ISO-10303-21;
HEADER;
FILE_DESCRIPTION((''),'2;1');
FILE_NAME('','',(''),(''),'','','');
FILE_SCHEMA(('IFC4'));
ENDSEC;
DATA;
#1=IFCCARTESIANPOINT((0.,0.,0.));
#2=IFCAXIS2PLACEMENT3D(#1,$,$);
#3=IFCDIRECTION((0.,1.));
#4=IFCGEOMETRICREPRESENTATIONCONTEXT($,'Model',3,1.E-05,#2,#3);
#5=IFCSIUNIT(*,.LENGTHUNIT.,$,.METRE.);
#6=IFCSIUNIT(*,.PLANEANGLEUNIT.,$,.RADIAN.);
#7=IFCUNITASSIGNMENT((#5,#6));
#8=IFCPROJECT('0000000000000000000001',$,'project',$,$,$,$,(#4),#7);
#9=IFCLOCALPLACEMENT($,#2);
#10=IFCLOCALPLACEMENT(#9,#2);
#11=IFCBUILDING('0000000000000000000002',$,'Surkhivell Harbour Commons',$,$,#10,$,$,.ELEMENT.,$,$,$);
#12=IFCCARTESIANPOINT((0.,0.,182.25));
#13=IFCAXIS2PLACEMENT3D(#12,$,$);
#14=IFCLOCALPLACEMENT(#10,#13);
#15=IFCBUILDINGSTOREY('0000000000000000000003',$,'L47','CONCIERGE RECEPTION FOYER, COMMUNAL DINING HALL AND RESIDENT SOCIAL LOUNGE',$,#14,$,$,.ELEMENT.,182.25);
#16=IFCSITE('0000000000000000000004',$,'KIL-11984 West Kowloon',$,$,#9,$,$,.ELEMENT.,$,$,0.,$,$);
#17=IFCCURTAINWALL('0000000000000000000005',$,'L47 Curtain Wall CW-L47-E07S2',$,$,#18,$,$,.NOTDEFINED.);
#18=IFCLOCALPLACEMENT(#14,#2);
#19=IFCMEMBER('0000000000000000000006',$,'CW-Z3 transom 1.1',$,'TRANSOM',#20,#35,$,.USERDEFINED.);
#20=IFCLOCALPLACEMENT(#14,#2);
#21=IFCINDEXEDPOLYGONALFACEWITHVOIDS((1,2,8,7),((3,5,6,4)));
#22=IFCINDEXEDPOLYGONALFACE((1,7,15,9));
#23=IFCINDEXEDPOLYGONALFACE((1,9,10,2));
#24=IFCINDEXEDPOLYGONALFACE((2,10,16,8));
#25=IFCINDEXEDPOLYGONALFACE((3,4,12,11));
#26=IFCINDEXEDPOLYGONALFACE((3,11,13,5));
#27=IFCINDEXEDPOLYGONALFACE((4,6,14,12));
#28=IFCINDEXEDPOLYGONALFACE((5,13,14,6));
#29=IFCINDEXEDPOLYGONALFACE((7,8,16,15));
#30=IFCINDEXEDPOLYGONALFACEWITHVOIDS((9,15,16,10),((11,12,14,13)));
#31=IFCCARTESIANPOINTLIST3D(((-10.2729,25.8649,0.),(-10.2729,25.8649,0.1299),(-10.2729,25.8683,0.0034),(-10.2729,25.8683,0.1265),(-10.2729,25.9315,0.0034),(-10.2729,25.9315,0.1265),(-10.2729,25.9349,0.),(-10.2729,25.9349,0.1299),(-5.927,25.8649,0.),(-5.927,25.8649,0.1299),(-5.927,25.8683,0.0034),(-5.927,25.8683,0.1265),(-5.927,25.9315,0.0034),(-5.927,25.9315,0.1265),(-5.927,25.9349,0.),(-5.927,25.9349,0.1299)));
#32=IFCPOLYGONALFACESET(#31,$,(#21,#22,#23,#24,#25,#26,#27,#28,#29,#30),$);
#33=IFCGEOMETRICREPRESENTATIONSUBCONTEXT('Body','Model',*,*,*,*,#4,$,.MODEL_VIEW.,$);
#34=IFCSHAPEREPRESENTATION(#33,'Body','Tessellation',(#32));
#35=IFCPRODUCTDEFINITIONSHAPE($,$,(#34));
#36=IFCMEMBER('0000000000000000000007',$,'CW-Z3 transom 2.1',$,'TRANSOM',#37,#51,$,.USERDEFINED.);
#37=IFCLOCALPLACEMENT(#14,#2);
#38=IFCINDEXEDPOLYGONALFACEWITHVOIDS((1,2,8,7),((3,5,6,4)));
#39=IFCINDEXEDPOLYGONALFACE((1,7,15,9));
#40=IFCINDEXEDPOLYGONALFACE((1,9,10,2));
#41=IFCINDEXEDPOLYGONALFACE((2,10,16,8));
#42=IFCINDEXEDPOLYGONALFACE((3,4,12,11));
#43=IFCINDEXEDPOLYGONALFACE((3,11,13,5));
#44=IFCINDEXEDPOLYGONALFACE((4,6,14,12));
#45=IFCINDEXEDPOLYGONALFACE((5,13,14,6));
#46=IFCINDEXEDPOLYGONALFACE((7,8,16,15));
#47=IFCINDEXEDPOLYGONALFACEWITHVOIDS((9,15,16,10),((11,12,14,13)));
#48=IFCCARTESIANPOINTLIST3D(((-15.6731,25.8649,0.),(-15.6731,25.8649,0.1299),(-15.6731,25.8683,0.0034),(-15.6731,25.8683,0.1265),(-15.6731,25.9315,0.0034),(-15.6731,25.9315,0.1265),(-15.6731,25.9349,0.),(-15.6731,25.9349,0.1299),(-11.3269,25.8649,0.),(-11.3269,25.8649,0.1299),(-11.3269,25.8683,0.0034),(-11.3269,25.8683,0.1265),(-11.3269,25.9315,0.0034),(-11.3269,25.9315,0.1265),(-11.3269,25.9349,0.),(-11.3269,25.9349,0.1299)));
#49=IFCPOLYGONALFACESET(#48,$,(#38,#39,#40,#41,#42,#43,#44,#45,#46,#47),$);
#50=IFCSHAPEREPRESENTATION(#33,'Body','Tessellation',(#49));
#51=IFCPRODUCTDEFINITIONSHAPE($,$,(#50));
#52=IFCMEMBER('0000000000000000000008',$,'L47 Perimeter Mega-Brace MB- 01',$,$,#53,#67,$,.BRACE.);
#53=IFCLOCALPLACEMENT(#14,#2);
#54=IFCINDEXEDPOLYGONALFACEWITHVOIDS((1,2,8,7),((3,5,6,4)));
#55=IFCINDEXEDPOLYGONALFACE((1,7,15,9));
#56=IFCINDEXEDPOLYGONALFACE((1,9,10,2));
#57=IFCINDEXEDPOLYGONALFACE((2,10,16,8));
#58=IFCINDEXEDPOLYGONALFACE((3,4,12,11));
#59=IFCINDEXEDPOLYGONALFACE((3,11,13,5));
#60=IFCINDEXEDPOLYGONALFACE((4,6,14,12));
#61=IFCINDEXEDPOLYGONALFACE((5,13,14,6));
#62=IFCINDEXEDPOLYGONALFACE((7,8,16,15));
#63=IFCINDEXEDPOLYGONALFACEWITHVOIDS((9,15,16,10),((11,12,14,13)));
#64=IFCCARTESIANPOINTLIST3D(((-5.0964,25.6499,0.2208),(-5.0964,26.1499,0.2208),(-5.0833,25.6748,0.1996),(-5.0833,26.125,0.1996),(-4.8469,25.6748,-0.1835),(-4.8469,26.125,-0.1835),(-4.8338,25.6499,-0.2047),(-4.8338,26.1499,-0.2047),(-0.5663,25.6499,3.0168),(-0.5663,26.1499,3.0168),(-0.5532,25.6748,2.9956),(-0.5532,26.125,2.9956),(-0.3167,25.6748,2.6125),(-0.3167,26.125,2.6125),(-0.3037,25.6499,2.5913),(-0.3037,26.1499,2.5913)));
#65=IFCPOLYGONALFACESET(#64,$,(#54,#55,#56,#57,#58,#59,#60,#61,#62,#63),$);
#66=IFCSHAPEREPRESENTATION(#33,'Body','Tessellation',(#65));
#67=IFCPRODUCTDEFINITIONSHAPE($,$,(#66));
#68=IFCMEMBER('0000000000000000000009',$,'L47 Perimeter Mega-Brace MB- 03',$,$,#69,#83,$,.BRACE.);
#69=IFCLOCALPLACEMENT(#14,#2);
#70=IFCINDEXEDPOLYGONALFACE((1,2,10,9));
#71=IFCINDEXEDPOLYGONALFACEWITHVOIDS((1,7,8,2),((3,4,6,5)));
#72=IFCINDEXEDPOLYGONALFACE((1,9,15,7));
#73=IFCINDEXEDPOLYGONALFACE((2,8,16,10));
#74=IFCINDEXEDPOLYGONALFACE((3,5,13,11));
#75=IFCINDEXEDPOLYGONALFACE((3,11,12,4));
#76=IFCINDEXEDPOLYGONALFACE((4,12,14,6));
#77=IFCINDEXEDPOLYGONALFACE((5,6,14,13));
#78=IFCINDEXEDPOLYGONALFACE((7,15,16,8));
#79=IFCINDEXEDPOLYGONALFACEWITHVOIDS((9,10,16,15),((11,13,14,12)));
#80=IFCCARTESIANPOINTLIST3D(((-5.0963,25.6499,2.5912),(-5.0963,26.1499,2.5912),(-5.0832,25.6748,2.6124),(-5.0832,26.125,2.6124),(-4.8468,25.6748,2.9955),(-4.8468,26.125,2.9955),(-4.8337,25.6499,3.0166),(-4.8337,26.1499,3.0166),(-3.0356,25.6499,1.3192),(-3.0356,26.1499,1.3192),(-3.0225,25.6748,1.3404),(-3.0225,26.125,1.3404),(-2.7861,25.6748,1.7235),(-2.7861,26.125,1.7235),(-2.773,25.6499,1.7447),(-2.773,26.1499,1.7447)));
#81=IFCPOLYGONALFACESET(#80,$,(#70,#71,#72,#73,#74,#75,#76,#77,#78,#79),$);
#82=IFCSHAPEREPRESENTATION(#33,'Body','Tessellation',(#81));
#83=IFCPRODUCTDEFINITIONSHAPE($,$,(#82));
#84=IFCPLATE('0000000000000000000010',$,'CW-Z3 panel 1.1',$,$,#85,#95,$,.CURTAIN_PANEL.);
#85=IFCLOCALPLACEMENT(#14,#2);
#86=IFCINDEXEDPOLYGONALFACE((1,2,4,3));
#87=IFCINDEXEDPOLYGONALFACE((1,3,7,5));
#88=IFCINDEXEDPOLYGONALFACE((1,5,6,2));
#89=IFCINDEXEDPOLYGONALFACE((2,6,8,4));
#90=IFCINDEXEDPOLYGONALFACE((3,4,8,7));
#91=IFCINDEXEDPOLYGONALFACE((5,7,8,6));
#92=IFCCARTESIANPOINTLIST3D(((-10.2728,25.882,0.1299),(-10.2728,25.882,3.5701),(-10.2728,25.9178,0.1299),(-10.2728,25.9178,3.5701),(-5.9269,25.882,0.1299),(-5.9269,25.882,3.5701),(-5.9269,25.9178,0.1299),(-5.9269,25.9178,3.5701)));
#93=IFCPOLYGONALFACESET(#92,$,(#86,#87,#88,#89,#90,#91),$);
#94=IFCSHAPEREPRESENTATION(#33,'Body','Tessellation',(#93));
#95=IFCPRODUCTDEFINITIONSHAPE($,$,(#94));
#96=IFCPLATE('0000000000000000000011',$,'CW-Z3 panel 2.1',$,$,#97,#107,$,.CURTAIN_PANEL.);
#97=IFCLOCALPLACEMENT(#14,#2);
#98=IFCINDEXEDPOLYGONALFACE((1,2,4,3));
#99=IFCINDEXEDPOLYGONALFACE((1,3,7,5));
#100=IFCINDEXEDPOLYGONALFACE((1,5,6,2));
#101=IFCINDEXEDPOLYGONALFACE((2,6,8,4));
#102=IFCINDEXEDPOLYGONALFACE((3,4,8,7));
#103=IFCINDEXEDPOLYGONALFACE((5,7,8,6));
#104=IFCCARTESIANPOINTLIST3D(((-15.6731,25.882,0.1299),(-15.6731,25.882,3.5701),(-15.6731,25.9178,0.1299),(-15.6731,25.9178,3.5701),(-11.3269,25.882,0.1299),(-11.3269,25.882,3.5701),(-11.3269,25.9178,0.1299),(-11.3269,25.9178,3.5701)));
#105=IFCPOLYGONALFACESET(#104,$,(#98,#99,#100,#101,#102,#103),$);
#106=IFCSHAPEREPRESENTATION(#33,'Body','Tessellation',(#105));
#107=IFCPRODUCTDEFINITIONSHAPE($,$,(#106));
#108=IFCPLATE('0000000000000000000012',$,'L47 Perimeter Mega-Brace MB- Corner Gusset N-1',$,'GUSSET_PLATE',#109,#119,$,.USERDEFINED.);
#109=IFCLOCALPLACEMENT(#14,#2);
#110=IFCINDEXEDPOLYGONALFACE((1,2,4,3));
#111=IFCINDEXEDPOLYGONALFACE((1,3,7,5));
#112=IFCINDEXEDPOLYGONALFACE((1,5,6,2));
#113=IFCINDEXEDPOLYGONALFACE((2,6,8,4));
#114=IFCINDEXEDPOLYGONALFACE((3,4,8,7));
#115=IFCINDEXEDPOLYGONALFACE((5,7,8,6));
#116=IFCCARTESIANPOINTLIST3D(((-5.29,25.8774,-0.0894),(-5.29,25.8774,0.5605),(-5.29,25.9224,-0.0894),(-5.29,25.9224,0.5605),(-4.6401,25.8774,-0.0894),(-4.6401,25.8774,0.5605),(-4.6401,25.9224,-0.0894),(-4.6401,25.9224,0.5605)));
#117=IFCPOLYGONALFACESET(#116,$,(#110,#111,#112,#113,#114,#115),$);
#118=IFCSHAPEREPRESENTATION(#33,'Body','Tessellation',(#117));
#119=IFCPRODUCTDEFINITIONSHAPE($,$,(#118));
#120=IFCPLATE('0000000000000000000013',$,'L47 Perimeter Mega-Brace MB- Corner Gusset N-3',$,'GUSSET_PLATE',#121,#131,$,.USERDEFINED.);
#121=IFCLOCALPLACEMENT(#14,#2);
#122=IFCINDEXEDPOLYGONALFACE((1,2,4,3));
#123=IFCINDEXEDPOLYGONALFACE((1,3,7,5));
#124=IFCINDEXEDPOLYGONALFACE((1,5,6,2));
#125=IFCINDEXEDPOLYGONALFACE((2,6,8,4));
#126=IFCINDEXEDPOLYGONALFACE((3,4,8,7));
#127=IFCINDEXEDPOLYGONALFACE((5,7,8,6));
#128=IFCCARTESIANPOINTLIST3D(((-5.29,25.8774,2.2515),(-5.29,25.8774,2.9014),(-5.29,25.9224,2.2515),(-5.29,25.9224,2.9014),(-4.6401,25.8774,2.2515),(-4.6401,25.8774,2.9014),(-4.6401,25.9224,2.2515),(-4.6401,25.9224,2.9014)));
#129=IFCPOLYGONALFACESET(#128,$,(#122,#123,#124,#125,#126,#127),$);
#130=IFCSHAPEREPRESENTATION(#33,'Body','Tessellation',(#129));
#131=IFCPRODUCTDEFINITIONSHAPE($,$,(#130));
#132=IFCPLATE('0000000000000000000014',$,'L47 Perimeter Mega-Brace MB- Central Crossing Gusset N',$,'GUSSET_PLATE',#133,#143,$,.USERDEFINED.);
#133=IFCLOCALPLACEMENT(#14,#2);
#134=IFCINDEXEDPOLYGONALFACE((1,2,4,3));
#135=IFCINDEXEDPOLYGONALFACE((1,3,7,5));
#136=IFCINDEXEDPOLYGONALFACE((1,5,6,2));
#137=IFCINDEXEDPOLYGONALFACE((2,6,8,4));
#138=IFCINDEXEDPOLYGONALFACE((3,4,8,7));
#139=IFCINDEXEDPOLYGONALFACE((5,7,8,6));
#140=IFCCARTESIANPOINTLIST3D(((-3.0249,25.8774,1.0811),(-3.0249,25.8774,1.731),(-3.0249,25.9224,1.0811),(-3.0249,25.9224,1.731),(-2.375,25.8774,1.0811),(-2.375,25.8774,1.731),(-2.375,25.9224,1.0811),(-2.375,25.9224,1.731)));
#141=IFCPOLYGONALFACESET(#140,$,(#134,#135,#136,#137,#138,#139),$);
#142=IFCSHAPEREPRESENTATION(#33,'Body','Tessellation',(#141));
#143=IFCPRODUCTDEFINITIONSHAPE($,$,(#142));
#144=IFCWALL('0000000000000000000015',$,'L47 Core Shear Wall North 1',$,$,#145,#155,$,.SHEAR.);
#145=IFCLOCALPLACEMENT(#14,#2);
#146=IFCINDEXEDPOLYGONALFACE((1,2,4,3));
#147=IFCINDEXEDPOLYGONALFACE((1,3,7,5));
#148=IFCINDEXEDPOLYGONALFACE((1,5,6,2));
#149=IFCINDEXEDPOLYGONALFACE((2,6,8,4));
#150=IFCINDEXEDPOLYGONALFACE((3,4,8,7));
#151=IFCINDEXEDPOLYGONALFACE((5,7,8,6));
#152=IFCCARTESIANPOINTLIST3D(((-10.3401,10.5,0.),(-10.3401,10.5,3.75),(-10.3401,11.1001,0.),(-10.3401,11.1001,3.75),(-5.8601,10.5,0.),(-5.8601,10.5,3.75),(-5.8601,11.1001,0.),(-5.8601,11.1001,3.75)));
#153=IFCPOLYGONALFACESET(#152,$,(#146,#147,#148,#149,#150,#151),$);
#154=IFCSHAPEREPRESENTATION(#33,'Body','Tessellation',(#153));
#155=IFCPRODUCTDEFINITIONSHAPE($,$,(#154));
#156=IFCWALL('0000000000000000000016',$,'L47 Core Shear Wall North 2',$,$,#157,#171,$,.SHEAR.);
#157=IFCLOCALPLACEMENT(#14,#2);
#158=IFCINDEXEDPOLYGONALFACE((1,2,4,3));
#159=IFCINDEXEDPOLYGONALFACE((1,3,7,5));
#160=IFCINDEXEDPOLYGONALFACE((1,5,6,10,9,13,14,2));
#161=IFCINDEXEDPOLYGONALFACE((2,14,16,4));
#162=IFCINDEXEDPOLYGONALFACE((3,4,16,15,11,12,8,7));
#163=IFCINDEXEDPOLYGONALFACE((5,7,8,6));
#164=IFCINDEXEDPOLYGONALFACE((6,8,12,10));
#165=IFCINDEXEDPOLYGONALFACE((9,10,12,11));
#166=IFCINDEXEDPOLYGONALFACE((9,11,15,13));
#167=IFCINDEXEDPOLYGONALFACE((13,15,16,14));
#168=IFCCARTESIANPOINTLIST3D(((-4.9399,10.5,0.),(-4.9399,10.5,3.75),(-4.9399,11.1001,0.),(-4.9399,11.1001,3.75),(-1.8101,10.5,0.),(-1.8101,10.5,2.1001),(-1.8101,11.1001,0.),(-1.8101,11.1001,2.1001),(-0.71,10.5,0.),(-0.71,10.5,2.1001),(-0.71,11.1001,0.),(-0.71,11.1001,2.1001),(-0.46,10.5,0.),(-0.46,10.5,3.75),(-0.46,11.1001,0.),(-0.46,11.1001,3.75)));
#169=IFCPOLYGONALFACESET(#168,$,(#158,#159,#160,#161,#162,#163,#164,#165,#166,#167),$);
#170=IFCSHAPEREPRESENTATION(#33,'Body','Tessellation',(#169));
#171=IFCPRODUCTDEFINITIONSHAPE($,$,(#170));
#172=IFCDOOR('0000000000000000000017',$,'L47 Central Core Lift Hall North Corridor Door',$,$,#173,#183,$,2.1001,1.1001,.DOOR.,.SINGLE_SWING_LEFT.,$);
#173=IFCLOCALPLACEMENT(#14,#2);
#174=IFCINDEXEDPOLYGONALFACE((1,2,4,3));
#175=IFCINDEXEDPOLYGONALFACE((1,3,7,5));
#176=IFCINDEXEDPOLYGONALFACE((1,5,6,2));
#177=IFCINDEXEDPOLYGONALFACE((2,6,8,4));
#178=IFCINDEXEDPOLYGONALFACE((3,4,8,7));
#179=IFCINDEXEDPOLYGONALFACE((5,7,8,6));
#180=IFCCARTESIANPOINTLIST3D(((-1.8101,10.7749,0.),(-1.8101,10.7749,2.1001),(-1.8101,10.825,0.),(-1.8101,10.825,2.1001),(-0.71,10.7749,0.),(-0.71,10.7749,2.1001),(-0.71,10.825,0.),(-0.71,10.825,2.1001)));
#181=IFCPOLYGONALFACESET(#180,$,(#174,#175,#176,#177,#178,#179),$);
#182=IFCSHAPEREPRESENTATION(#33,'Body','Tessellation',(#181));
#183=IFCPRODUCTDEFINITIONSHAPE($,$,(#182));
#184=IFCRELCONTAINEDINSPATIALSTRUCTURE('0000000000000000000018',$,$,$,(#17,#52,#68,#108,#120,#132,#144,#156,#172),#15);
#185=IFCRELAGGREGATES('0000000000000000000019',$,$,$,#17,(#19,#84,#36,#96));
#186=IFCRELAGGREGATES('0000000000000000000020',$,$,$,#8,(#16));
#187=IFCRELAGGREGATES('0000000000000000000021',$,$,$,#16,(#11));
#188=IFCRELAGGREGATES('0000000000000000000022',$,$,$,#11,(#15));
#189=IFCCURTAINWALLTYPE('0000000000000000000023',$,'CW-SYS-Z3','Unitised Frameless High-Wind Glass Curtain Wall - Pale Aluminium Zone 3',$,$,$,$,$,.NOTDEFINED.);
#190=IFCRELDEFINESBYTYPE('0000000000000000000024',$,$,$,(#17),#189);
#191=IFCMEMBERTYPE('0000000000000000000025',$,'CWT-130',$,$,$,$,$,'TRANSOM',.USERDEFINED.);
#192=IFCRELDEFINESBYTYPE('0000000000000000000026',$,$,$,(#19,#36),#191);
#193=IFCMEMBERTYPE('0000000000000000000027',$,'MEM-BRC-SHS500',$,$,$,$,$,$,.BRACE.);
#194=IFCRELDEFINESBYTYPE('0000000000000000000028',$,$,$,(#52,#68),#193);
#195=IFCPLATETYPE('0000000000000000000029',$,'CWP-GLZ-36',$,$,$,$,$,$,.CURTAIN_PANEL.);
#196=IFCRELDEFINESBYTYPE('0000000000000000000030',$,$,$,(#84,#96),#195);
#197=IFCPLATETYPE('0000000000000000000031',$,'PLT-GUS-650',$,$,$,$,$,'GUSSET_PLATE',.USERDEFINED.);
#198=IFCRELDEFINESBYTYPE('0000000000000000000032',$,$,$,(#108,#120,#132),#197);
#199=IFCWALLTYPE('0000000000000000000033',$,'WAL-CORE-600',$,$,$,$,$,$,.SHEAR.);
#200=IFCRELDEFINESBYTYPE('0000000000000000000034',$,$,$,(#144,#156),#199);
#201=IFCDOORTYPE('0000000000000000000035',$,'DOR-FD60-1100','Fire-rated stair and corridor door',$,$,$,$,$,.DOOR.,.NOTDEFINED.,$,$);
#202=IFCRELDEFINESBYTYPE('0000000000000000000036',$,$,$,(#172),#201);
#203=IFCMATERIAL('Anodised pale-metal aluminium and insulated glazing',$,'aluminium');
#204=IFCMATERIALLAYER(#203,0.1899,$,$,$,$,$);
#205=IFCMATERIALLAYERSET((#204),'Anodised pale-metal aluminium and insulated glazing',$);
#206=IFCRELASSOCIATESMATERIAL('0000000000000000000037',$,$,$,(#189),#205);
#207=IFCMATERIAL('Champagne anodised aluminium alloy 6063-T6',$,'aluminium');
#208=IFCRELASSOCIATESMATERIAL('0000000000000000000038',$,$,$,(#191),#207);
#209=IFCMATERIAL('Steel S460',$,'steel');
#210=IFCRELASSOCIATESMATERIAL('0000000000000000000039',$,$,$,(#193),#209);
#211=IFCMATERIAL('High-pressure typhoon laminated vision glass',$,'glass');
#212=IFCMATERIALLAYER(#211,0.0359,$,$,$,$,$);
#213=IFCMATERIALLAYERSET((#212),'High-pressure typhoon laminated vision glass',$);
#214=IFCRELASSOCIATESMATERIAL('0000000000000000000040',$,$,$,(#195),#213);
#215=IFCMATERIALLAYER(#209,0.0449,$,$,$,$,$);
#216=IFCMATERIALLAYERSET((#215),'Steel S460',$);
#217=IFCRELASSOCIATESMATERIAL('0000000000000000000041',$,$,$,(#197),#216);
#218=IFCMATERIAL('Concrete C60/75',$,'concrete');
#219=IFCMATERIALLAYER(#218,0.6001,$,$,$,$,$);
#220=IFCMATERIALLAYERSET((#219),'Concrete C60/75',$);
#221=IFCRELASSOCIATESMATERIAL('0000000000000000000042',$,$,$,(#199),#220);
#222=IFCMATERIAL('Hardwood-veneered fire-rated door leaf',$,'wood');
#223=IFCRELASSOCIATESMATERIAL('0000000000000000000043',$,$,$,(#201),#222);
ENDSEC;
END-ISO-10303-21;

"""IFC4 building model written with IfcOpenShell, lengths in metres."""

from ifc_helpers import new_model, si_unit, direction, frame, frame_2d, origin, origin_2d, place, context, subcontext, project, spatial, rectangle, hollow_rectangle, extrude, material, layer, layer_set, material_profile, profile_set, type_object, element, fill, aggregate, save


model = new_model("IFC4")

# Units and contexts
model_context = context("Model", 3, precision=1e-05, world=origin(), true_north=direction((0.0, 1.0)))
body_context = subcontext(model_context, "Body", "Model", "MODEL_VIEW")
ifc_project = project(units=[si_unit("LENGTHUNIT", "METRE"), si_unit("PLANEANGLEUNIT", "RADIAN")], contexts=[model_context])

# Site, building, storey
site_placement = place(None, origin())
site = spatial("IfcSite", under=ifc_project, at=site_placement, Name="KIL-11984 West Kowloon", CompositionType="ELEMENT", RefElevation=0.0)
building_placement = place(site_placement, origin())
building = spatial("IfcBuilding", under=site, at=building_placement, Name="Surkhivell Harbour Commons", CompositionType="ELEMENT")
storey_placement = place(building_placement, frame((0.0, 0.0, 182.25)))
storey = spatial("IfcBuildingStorey", under=building, at=storey_placement, Name="L47", Description="CONCIERGE RECEPTION FOYER, COMMUNAL DINING HALL AND RESIDENT SOCIAL LOUNGE", CompositionType="ELEMENT", Elevation=182.25)

# Shared definitions
ifc_material_1 = material(Name="Concrete C60/75", Category="concrete")

# Curtain wall, members
ifc_material_2 = material(Name="Anodised pale-metal aluminium and insulated glazing", Category="aluminium")
ifc_layer_1 = layer(ifc_material_2, 0.1899)
ifc_layer_set_1 = layer_set([ifc_layer_1], Name="Anodised pale-metal aluminium and insulated glazing")
curtain_wall_type = type_object("IfcCurtainWallType", Name="CW-SYS-Z3", Description="Unitised Frameless High-Wind Glass Curtain Wall - Pale Aluminium Zone 3", PredefinedType="NOTDEFINED", material=ifc_layer_set_1)
curtain_wall_placement = place(storey_placement, origin())
curtain_wall = element("IfcCurtainWall", 1, at=curtain_wall_placement, inside=storey, type_object=curtain_wall_type, Name="L47 Curtain Wall CW-L47-E07S2", PredefinedType="NOTDEFINED")
ifc_material_3 = material(Name="Champagne anodised aluminium alloy 6063-T6", Category="aluminium")
ifc_material_profile_1 = material_profile(ifc_material_3, hollow_rectangle(XDim=0.0701, YDim=0.1299, WallThickness=0.0034, at=origin_2d()), Name="ALU-TRAN-70x130")
ifc_profile_set_1 = profile_set([ifc_material_profile_1], Name="Champagne anodised aluminium alloy 6063-T6")
member_type_1 = type_object("IfcMemberType", Name="CWT-130", ElementType="TRANSOM", PredefinedType="USERDEFINED", material=ifc_profile_set_1)
member_1_placement = place(storey_placement, frame((-5.927, 25.8999, 0.0649), z_axis=(-1.0, 0.0, 0.0), x_axis=(0.0, -1.0, 0.0)))
member_1 = element("IfcMember", 2, at=member_1_placement, type_object=member_type_1, Name="CW-Z3 transom 1.1", ObjectType="TRANSOM", PredefinedType="USERDEFINED", context=body_context, shape_type="SweptSolid", body=[
    extrude(hollow_rectangle(XDim=0.0701, YDim=0.1299, WallThickness=0.0034, at=origin_2d()), origin(), (0.0, 0.0, 1.0), 4.3459),
])
member_2_placement = place(storey_placement, frame((-11.3269, 25.8999, 0.0649), z_axis=(-1.0, 0.0, 0.0), x_axis=(0.0, -1.0, 0.0)))
member_2 = element("IfcMember", 3, at=member_2_placement, type_object=member_type_1, Name="CW-Z3 transom 2.1", ObjectType="TRANSOM", PredefinedType="USERDEFINED", context=body_context, shape_type="SweptSolid", body=[
    extrude(hollow_rectangle(XDim=0.0701, YDim=0.1299, WallThickness=0.0034, at=origin_2d()), origin(), (0.0, 0.0, 1.0), 4.3462),
])

# Members
ifc_material_4 = material(Name="Steel S460", Category="steel")
ifc_material_profile_2 = material_profile(ifc_material_4, hollow_rectangle(XDim=0.5, YDim=0.5, WallThickness=0.0249, at=origin_2d()), Name="SHS500x500x25")
ifc_profile_set_2 = profile_set([ifc_material_profile_2], Name="Steel S460")
member_type_2 = type_object("IfcMemberType", Name="MEM-BRC-SHS500", PredefinedType="BRACE", material=ifc_profile_set_2)
member_3_placement = place(storey_placement, frame((-4.9651, 25.8999, 0.0081), z_axis=(0.850971, 0.0, 0.525213), x_axis=(0.0, 1.0, 0.0)))
element("IfcMember", 4, at=member_3_placement, inside=storey, type_object=member_type_2, Name="L47 Perimeter Mega-Brace MB- 01", PredefinedType="BRACE", context=body_context, shape_type="SweptSolid", body=[
    extrude(hollow_rectangle(XDim=0.5, YDim=0.5, WallThickness=0.0249, at=origin_2d()), origin(), (0.0, 0.0, 1.0), 5.3235),
])
member_4_placement = place(storey_placement, frame((-2.9043, 25.8999, 1.532), z_axis=(-0.850958, 0.0, 0.525233), x_axis=(0.0, -1.0, 0.0)))
element("IfcMember", 5, at=member_4_placement, inside=storey, type_object=member_type_2, Name="L47 Perimeter Mega-Brace MB- 03", PredefinedType="BRACE", context=body_context, shape_type="SweptSolid", body=[
    extrude(hollow_rectangle(XDim=0.5, YDim=0.5, WallThickness=0.0249, at=origin_2d()), origin(), (0.0, 0.0, 1.0), 2.4216),
])

# Plates
ifc_material_5 = material(Name="High-pressure typhoon laminated vision glass", Category="glass")
ifc_layer_2 = layer(ifc_material_5, 0.0359)
ifc_layer_set_2 = layer_set([ifc_layer_2], Name="High-pressure typhoon laminated vision glass")
plate_type_1 = type_object("IfcPlateType", Name="CWP-GLZ-36", PredefinedType="CURTAIN_PANEL", material=ifc_layer_set_2)
plate_1_placement = place(storey_placement, frame((-5.927, 25.8999, 0.1299), z_axis=(0.0, 0.0, 1.0), x_axis=(-1.0, 0.0, 0.0)))
plate_1 = element("IfcPlate", 6, at=plate_1_placement, type_object=plate_type_1, Name="CW-Z3 panel 1.1", PredefinedType="CURTAIN_PANEL", context=body_context, shape_type="SweptSolid", body=[
    extrude(rectangle(XDim=4.3459, YDim=0.0359, at=frame_2d((2.1729, 0.0))), origin(), (0.0, 0.0, 1.0), 3.4402),
])
plate_2_placement = place(storey_placement, frame((-11.3269, 25.8999, 0.1299), z_axis=(0.0, 0.0, 1.0), x_axis=(-1.0, 0.0, 0.0)))
plate_2 = element("IfcPlate", 7, at=plate_2_placement, type_object=plate_type_1, Name="CW-Z3 panel 2.1", PredefinedType="CURTAIN_PANEL", context=body_context, shape_type="SweptSolid", body=[
    extrude(rectangle(XDim=4.3462, YDim=0.0359, at=frame_2d((2.1731, 0.0))), origin(), (0.0, 0.0, 1.0), 3.4402),
])
aggregate(curtain_wall, [member_1, plate_1, member_2, plate_2])

# Plates
ifc_layer_3 = layer(ifc_material_4, 0.0449)
ifc_layer_set_3 = layer_set([ifc_layer_3], Name="Steel S460")
plate_type_2 = type_object("IfcPlateType", Name="PLT-GUS-650", ElementType="GUSSET_PLATE", PredefinedType="USERDEFINED", material=ifc_layer_set_3)
for number, where, z_axis, x_axis, name in (
    (8, (-4.9651, 25.8999, -0.0894), (0.0, 0.0, 1.0), (1.0, 0.0, 0.0), "L47 Perimeter Mega-Brace MB- Corner Gusset N-1"),
    (9, (-4.9651, 25.8999, 2.2515), (0.0, 0.0, 1.0), (1.0, 0.0, 0.0), "L47 Perimeter Mega-Brace MB- Corner Gusset N-3"),
    (10, (-2.7, 25.8999, 1.0811), (0.0, 0.0, 1.0), (1.0, 0.0, 0.0), "L47 Perimeter Mega-Brace MB- Central Crossing Gusset N"),
):
    element("IfcPlate", number, at=place(storey_placement, frame(where, z_axis=z_axis, x_axis=x_axis)), inside=storey, type_object=plate_type_2, Name=name, ObjectType="GUSSET_PLATE", PredefinedType="USERDEFINED", context=body_context, shape_type="SweptSolid", body=[
        extrude(rectangle(XDim=0.6499, YDim=0.0449, at=origin_2d()), origin(), (0.0, 0.0, 1.0), 0.6499),
    ])

# Wall
ifc_layer_4 = layer(ifc_material_1, 0.6001)
ifc_layer_set_4 = layer_set([ifc_layer_4], Name="Concrete C60/75")
wall_type_1 = type_object("IfcWallType", Name="WAL-CORE-600", PredefinedType="SHEAR", material=ifc_layer_set_4)
wall_1_placement = place(storey_placement, frame((-10.3401, 10.8, 0.0), z_axis=(0.0, 0.0, 1.0), x_axis=(1.0, 0.0, 0.0)))
element("IfcWall", 11, at=wall_1_placement, inside=storey, type_object=wall_type_1, Name="L47 Core Shear Wall North 1", PredefinedType="SHEAR", context=body_context, shape_type="SweptSolid", body=[
    extrude(rectangle(XDim=4.48, YDim=0.6001, at=frame_2d((2.24, 0.0))), origin(), (0.0, 0.0, 1.0), 3.75),
])

# Wall, opening, door
wall_2_placement = place(storey_placement, frame((-4.9399, 10.8, 0.0), z_axis=(0.0, 0.0, 1.0), x_axis=(1.0, 0.0, 0.0)))
wall_2 = element("IfcWall", 12, at=wall_2_placement, inside=storey, type_object=wall_type_1, Name="L47 Core Shear Wall North 2", PredefinedType="SHEAR", context=body_context, shape_type="SweptSolid", body=[
    extrude(rectangle(XDim=4.48, YDim=0.6001, at=frame_2d((2.24, 0.0))), origin(), (0.0, 0.0, 1.0), 3.75),
])
opening_1_placement = place(wall_2_placement, frame((3.1299, 0.0, 0.0)))
opening_1 = element("IfcOpeningElement", 13, at=opening_1_placement, cuts=wall_2, PredefinedType="OPENING", context=body_context, shape_type="SweptSolid", body=[
    extrude(rectangle(XDim=1.1001, YDim=2.1001, at=frame_2d((0.55, 1.05))), frame((0.0, 0.3101, 0.0), z_axis=(0.0, -1.0, 0.0), x_axis=(1.0, 0.0, 0.0)), (0.0, 0.0, 1.0), 0.6201),
])
ifc_material_6 = material(Name="Hardwood-veneered fire-rated door leaf", Category="wood")
door_type_1 = type_object("IfcDoorType", Name="DOR-FD60-1100", Description="Fire-rated stair and corridor door", OperationType="NOTDEFINED", PredefinedType="DOOR", material=ifc_material_6)
door_1_placement = place(opening_1_placement, origin())
door_1 = element("IfcDoor", 14, at=door_1_placement, inside=storey, type_object=door_type_1, Name="L47 Central Core Lift Hall North Corridor Door", OperationType="SINGLE_SWING_LEFT", OverallHeight=2.1001, OverallWidth=1.1001, PredefinedType="DOOR", context=body_context, shape_type="SweptSolid", body=[
    extrude(rectangle(XDim=1.1001, YDim=2.1001, at=frame_2d((0.55, 1.05))), frame((0.0, 0.0249, 0.0), z_axis=(0.0, -1.0, 0.0), x_axis=(1.0, 0.0, 0.0)), (0.0, 0.0, 1.0), 0.05),
])
fill(opening_1, door_1)

save(model, "model.ifc")
